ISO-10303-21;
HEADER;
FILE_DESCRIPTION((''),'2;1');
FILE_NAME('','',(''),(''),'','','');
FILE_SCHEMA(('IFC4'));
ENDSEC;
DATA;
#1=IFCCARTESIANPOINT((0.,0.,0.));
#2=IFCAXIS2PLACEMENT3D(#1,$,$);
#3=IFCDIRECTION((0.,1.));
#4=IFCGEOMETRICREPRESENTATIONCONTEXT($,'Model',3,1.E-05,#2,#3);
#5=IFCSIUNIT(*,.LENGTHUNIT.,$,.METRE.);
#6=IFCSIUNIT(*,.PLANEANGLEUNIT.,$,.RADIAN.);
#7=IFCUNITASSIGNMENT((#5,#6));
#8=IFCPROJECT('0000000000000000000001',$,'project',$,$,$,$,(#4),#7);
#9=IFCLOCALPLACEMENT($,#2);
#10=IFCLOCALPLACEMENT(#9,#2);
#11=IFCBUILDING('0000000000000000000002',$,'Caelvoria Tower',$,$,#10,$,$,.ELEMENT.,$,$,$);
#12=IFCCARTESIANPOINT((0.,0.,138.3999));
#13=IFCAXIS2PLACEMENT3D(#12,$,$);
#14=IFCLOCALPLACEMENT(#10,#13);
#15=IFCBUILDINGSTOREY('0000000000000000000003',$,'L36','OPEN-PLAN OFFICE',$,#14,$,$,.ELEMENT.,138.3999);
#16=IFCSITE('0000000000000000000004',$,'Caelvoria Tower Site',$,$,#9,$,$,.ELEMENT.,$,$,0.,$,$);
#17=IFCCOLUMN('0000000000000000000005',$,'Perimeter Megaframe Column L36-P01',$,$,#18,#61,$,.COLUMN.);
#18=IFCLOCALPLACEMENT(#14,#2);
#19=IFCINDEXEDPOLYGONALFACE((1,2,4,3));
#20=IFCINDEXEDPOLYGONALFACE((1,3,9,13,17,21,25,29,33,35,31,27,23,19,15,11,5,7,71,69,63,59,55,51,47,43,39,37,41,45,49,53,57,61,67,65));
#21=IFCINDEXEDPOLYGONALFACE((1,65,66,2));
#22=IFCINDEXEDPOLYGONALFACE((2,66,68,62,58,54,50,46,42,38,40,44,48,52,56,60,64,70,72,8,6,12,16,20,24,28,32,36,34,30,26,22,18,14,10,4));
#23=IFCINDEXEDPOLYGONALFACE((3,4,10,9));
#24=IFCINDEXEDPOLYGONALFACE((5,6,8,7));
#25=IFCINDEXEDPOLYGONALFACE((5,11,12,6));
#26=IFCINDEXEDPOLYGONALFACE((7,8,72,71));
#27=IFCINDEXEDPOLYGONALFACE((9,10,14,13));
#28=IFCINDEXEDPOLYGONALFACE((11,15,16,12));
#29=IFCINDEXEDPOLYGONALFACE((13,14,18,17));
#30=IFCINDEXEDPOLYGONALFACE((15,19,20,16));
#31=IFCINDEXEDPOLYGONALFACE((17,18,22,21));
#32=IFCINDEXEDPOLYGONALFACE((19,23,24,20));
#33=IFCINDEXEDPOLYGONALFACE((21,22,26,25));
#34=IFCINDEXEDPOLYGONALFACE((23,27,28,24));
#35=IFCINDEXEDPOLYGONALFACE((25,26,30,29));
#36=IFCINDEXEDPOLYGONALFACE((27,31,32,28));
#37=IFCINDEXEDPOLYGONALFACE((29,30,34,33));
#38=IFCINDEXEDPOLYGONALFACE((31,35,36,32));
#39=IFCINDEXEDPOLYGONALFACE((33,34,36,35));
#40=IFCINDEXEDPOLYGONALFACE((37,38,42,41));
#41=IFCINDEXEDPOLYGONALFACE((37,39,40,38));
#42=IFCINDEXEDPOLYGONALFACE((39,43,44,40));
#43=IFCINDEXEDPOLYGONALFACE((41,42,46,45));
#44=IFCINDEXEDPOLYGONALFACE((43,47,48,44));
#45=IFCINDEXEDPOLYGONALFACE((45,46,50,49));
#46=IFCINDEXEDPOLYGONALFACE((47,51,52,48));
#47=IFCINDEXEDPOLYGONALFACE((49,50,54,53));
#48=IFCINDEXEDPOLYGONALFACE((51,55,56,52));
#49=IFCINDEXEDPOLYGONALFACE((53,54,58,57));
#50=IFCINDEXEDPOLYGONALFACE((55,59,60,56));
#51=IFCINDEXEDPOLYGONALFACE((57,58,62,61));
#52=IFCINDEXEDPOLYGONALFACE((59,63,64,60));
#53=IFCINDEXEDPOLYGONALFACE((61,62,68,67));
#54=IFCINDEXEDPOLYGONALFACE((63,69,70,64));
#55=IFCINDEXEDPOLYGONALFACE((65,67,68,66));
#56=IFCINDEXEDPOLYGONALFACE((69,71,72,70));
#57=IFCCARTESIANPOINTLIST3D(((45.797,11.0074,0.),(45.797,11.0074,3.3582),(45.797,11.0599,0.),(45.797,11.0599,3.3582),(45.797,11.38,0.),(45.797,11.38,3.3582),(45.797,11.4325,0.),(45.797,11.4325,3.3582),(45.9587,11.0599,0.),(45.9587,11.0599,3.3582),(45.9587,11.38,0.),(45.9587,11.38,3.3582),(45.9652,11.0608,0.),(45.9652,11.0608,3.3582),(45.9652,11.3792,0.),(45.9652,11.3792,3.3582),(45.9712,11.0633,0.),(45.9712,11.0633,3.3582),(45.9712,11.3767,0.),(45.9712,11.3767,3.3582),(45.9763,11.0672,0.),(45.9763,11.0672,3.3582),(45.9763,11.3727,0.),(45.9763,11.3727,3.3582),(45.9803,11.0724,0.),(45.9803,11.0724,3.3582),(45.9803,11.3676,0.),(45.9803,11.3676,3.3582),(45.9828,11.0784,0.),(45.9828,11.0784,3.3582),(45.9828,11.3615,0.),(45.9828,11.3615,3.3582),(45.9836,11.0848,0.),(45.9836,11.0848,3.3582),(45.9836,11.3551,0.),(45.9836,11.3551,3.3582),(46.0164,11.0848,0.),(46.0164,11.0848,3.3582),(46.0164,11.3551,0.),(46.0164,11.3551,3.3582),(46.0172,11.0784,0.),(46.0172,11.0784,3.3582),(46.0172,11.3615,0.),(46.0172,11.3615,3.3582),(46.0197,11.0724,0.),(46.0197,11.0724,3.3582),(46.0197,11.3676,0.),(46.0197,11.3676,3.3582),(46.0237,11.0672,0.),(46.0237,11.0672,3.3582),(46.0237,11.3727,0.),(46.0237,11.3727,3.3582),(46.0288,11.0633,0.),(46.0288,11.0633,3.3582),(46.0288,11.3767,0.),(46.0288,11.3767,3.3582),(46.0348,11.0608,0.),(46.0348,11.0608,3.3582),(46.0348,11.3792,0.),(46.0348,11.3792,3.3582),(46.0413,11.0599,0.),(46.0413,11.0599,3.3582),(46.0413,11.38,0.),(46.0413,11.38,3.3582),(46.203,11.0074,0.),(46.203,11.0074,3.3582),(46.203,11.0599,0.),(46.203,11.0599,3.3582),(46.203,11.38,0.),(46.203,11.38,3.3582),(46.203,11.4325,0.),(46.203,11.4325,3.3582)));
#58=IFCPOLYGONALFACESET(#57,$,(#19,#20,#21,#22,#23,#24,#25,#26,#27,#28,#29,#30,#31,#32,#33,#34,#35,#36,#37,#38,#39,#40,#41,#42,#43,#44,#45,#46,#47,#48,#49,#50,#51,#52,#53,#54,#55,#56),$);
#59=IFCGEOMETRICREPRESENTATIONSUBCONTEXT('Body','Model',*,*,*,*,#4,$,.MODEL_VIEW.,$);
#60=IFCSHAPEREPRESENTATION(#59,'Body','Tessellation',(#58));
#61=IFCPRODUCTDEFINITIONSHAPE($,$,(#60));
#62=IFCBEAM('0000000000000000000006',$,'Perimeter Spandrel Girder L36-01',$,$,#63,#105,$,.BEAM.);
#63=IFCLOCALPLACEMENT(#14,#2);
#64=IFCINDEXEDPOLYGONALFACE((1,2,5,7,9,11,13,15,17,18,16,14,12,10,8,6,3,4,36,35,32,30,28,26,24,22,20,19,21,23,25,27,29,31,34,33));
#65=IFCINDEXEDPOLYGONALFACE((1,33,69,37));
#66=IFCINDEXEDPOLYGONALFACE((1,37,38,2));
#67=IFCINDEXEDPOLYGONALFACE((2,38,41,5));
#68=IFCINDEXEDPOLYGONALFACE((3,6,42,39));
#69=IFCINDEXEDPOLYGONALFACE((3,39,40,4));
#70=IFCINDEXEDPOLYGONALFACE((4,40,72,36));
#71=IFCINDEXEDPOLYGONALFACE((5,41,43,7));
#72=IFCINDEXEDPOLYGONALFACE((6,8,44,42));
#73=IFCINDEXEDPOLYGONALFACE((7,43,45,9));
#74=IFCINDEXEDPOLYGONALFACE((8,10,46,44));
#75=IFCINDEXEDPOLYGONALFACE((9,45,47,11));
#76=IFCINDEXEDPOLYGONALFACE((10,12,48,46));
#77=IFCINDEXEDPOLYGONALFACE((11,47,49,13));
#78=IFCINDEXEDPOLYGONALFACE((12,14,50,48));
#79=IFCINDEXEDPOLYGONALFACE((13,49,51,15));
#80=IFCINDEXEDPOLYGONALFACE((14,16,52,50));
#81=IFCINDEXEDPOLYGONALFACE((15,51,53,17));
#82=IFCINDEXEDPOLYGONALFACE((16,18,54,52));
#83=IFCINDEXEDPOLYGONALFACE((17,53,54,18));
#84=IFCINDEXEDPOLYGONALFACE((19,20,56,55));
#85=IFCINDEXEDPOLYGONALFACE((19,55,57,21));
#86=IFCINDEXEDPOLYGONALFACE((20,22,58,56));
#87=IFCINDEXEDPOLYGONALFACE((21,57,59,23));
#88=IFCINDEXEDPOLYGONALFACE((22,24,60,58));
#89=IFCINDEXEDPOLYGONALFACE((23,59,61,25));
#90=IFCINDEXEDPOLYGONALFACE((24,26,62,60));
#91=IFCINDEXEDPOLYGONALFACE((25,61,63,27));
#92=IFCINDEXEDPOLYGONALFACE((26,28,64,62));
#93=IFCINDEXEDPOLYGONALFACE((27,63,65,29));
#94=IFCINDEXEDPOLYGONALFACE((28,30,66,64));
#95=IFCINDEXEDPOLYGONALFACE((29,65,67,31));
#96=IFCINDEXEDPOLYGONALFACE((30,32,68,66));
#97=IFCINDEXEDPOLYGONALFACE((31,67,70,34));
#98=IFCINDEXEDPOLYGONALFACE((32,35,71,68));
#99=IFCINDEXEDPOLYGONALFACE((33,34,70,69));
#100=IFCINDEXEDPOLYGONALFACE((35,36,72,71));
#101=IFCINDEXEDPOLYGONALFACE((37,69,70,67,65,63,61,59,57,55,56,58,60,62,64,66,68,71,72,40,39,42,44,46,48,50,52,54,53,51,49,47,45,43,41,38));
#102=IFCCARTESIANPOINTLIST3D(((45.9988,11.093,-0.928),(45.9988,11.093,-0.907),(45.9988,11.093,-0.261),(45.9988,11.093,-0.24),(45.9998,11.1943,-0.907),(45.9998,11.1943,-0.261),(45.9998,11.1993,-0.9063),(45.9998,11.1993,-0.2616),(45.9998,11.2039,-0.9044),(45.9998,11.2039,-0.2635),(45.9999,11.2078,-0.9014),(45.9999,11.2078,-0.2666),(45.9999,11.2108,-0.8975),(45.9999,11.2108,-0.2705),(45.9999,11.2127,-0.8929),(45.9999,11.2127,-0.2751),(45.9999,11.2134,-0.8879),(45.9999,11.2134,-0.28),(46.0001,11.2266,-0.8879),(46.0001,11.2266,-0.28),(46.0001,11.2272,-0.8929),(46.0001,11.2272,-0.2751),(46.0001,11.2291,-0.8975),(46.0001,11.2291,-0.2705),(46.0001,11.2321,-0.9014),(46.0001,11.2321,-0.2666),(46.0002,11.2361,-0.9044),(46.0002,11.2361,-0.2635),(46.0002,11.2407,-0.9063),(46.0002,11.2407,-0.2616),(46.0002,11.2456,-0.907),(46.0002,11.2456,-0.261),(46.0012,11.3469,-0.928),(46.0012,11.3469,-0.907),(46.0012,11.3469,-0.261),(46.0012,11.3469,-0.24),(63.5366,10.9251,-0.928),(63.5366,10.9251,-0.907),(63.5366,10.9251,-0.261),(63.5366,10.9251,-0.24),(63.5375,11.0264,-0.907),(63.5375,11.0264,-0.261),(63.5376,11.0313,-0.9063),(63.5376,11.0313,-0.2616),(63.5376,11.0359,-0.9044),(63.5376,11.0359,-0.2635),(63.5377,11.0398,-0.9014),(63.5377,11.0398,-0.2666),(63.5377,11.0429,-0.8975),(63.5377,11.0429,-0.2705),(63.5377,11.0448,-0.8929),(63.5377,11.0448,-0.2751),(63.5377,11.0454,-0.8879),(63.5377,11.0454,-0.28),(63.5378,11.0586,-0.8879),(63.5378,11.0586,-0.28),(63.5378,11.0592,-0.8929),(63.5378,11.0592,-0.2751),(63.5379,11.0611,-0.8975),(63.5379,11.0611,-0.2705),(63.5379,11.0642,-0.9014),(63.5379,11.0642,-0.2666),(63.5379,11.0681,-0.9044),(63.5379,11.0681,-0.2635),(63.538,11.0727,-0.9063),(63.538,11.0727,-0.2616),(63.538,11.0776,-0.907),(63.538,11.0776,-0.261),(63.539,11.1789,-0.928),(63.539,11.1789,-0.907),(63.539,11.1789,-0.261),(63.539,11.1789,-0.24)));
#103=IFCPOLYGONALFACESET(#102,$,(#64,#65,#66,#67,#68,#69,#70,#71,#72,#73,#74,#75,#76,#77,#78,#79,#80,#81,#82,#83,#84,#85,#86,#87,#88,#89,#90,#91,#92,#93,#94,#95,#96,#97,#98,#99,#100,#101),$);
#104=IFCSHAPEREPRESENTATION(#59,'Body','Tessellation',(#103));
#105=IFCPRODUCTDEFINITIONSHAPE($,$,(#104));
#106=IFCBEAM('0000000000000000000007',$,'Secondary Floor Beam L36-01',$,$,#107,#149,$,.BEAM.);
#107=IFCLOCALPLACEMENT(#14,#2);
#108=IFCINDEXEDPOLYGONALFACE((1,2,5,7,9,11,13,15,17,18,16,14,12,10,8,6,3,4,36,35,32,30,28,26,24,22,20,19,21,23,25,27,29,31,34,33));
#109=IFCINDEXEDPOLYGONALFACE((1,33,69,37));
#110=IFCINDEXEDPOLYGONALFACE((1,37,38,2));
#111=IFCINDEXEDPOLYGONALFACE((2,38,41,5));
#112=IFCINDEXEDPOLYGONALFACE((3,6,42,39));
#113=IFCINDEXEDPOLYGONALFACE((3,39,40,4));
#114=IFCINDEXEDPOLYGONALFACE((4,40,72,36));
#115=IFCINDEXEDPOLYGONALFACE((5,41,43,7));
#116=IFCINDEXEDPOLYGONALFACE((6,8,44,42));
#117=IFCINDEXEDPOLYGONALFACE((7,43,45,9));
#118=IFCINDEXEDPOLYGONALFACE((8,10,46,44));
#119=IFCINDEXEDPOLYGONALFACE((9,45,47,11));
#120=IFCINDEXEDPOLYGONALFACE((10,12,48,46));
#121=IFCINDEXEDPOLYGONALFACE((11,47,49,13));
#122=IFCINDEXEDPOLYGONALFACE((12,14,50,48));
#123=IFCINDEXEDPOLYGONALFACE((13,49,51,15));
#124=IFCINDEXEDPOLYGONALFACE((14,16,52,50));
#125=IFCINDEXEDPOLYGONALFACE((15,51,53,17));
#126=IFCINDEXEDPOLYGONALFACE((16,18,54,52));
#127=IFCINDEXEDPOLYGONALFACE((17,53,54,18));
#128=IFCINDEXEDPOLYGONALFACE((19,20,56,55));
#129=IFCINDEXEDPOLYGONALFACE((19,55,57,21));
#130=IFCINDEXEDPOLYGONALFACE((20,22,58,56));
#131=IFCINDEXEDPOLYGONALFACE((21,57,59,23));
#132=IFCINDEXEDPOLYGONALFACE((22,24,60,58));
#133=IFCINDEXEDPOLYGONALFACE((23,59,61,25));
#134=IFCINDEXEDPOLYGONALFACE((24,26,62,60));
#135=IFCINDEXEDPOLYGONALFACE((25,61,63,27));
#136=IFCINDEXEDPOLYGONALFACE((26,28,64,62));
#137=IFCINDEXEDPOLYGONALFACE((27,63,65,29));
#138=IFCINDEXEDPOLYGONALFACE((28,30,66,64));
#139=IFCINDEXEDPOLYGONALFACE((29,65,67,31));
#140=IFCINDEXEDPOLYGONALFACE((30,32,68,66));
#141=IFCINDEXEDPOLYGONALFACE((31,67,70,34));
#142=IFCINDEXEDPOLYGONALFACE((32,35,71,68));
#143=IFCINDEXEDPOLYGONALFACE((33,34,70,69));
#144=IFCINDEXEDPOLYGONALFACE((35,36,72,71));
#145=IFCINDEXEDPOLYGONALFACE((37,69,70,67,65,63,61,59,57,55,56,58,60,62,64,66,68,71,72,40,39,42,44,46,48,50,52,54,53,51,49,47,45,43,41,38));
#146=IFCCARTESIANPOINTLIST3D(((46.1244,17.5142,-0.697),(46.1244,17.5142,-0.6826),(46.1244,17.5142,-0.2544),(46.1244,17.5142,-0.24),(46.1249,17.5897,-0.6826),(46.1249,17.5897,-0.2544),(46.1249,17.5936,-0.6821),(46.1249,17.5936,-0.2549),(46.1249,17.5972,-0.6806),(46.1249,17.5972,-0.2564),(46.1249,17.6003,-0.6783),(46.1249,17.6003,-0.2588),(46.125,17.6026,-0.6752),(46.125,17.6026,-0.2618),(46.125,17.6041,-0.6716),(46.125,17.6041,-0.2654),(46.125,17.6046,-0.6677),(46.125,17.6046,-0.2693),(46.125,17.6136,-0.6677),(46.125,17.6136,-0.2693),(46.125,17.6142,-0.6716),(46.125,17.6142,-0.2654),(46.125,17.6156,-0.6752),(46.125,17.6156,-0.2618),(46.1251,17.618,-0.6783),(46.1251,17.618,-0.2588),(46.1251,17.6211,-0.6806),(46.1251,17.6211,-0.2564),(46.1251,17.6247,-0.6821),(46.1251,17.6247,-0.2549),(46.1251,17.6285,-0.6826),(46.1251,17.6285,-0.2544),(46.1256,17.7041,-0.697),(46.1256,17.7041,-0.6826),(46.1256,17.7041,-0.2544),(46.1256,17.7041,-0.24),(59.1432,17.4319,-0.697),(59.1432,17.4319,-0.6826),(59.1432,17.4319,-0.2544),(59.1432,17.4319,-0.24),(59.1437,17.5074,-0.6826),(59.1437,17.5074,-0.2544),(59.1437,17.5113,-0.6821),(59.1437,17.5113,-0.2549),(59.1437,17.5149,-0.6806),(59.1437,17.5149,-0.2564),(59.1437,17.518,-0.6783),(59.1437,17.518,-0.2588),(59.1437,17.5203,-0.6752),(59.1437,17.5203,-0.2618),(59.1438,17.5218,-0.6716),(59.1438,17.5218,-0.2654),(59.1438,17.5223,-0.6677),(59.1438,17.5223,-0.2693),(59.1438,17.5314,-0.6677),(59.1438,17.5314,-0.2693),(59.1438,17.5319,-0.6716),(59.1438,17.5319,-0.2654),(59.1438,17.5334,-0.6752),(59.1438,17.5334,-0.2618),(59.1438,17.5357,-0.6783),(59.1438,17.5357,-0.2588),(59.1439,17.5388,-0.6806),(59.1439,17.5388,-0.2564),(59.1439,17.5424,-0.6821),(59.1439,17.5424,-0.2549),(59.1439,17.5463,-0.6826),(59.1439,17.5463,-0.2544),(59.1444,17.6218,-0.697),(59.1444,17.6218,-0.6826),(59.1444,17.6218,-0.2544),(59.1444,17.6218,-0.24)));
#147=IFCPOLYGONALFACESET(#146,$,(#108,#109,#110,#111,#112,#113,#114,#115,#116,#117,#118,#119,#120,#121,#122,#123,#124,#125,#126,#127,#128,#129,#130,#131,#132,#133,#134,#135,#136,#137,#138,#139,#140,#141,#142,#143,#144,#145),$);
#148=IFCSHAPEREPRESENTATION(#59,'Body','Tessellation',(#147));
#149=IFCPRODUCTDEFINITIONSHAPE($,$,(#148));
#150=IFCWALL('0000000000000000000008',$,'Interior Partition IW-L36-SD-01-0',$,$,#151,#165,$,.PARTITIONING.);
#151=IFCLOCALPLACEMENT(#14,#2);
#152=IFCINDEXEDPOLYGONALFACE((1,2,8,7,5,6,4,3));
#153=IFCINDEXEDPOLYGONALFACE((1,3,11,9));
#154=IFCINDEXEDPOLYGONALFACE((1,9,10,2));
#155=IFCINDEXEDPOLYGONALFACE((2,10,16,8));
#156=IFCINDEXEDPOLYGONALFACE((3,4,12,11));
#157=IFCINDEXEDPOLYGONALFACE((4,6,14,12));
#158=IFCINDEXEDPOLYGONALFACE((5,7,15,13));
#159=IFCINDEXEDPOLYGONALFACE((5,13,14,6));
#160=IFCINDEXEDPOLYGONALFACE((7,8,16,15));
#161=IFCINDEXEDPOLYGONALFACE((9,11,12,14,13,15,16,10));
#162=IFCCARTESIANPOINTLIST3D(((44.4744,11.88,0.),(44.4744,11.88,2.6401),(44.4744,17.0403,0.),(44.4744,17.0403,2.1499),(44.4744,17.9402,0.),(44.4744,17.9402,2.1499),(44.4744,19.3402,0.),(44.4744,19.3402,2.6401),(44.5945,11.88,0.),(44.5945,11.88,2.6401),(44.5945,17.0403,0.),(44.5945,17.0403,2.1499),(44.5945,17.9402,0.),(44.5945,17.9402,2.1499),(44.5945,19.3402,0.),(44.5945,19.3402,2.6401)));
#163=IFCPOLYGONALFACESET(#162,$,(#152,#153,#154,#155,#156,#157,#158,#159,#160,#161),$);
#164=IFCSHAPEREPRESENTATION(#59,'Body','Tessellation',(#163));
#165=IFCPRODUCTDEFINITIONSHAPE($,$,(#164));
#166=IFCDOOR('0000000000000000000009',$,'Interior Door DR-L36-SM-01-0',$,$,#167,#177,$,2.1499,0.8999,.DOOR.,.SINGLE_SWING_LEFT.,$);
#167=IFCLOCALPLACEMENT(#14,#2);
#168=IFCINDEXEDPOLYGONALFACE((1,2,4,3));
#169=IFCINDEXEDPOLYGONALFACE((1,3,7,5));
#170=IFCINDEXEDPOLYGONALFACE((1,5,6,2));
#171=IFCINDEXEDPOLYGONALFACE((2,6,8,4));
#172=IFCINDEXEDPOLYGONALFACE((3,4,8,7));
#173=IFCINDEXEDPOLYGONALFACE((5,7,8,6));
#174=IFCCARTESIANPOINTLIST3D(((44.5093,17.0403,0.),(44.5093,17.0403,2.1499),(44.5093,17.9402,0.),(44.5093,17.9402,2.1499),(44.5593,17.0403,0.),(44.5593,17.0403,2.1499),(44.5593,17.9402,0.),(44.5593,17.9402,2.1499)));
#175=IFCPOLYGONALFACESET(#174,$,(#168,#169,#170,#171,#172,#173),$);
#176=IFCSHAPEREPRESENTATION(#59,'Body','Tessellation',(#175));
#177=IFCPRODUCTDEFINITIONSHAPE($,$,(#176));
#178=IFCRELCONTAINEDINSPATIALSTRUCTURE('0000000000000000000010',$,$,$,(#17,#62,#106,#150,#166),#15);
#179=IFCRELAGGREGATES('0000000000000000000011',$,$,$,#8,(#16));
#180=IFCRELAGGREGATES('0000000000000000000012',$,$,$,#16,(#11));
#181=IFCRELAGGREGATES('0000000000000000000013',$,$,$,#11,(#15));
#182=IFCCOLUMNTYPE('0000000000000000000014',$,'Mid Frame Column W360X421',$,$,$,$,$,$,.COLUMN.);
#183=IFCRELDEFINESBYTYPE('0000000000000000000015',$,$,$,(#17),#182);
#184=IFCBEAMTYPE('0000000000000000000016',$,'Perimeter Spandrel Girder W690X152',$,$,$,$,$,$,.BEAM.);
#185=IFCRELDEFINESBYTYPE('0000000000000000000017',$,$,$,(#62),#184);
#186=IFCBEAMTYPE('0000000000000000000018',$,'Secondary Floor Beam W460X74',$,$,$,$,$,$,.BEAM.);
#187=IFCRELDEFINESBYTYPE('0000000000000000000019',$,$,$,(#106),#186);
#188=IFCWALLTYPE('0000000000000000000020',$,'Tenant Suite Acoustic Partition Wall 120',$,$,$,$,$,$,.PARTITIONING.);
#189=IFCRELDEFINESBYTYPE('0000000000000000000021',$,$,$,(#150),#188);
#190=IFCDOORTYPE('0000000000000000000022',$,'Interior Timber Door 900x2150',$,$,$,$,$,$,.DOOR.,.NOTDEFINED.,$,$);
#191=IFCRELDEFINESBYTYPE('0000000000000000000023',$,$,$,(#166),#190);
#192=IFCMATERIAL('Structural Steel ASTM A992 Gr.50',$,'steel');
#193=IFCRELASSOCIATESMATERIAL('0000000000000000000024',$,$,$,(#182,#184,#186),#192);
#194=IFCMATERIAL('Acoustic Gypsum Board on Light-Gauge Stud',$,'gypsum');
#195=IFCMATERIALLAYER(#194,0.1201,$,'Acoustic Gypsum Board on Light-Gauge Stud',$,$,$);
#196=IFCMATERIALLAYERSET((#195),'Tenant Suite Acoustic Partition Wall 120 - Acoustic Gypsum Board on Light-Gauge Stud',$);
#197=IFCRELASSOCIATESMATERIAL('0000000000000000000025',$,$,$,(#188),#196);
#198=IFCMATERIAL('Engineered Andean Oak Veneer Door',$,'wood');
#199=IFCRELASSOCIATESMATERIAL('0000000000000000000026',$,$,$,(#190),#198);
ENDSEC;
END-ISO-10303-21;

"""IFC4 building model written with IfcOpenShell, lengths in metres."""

from ifc_helpers import new_model, si_unit, direction, frame, frame_2d, origin, origin_2d, place, context, subcontext, project, spatial, rectangle, i_section, extrude, material, layer, layer_set, material_profile, profile_set, type_object, element, fill, save


model = new_model("IFC4")

# Units and contexts
model_context = context("Model", 3, precision=1e-05, world=origin(), true_north=direction((0.0, 1.0)))
body_context = subcontext(model_context, "Body", "Model", "MODEL_VIEW")
ifc_project = project(units=[si_unit("LENGTHUNIT", "METRE"), si_unit("PLANEANGLEUNIT", "RADIAN")], contexts=[model_context])

# Site, building, storey
site_placement = place(None, origin())
site = spatial("IfcSite", under=ifc_project, at=site_placement, Name="Caelvoria Tower Site", CompositionType="ELEMENT", RefElevation=0.0)
building_placement = place(site_placement, origin())
building = spatial("IfcBuilding", under=site, at=building_placement, Name="Caelvoria Tower", CompositionType="ELEMENT")
storey_placement = place(building_placement, frame((0.0, 0.0, 138.3999)))
storey = spatial("IfcBuildingStorey", under=building, at=storey_placement, Name="L36", Description="OPEN-PLAN OFFICE", CompositionType="ELEMENT", Elevation=138.3999)

# Column
ifc_material_1 = material(Name="Structural Steel ASTM A992 Gr.50", Category="steel")
ifc_material_profile_1 = material_profile(ifc_material_1, i_section(OverallWidth=0.406, OverallDepth=0.425, WebThickness=0.0327, FlangeThickness=0.0525, FilletRadius=0.0249, at=origin_2d()), Name="Structural Steel ASTM A992 Gr.50")
ifc_profile_set_1 = profile_set([ifc_material_profile_1], Name="W360X421 - Structural Steel ASTM A992 Gr.50")
column_type = type_object("IfcColumnType", Name="Mid Frame Column W360X421", PredefinedType="COLUMN", material=ifc_profile_set_1)
column_placement = place(storey_placement, frame((46.0, 11.22, 0.0), z_axis=(0.0, 0.0, 1.0), x_axis=(1.0, 0.0, 0.0)))
element("IfcColumn", 1, at=column_placement, inside=storey, type_object=column_type, Name="Perimeter Megaframe Column L36-P01", PredefinedType="COLUMN", context=body_context, shape_type="SweptSolid", body=[
    extrude(i_section(OverallWidth=0.406, OverallDepth=0.425, WebThickness=0.0327, FlangeThickness=0.0525, FilletRadius=0.0249, at=origin_2d()), origin(), (0.0, 0.0, 1.0), 3.3582),
])

# Beams
ifc_material_profile_2 = material_profile(ifc_material_1, i_section(OverallWidth=0.2539, OverallDepth=0.688, WebThickness=0.0132, FlangeThickness=0.021, FilletRadius=0.019, at=origin_2d()), Name="Structural Steel ASTM A992 Gr.50")
ifc_profile_set_2 = profile_set([ifc_material_profile_2], Name="W690X152 - Structural Steel ASTM A992 Gr.50")
beam_type_1 = type_object("IfcBeamType", Name="Perimeter Spandrel Girder W690X152", PredefinedType="BEAM", material=ifc_profile_set_2)
beam_1_placement = place(storey_placement, frame((46.0, 11.22, -0.584), z_axis=(0.999954, -0.009577, 0.0), x_axis=(0.009577, 0.999954, 0.0)))
element("IfcBeam", 2, at=beam_1_placement, inside=storey, type_object=beam_type_1, Name="Perimeter Spandrel Girder L36-01", PredefinedType="BEAM", context=body_context, shape_type="SweptSolid", body=[
    extrude(i_section(OverallWidth=0.2539, OverallDepth=0.688, WebThickness=0.0132, FlangeThickness=0.021, FilletRadius=0.019, at=origin_2d()), origin(), (0.0, 0.0, 1.0), 17.5386),
])
ifc_material_profile_3 = material_profile(ifc_material_1, i_section(OverallWidth=0.1899, OverallDepth=0.457, WebThickness=0.009, FlangeThickness=0.0144, FilletRadius=0.0149, at=origin_2d()), Name="Structural Steel ASTM A992 Gr.50")
ifc_profile_set_3 = profile_set([ifc_material_profile_3], Name="W460X74 - Structural Steel ASTM A992 Gr.50")
beam_type_2 = type_object("IfcBeamType", Name="Secondary Floor Beam W460X74", PredefinedType="BEAM", material=ifc_profile_set_3)
beam_2_placement = place(storey_placement, frame((46.125, 17.6091, -0.4685), z_axis=(0.99998, -0.00632, 0.0), x_axis=(0.00632, 0.99998, 0.0)))
element("IfcBeam", 3, at=beam_2_placement, inside=storey, type_object=beam_type_2, Name="Secondary Floor Beam L36-01", PredefinedType="BEAM", context=body_context, shape_type="SweptSolid", body=[
    extrude(i_section(OverallWidth=0.1899, OverallDepth=0.457, WebThickness=0.009, FlangeThickness=0.0144, FilletRadius=0.0149, at=origin_2d()), origin(), (0.0, 0.0, 1.0), 13.019),
])

# Wall, opening, door
ifc_material_2 = material(Name="Acoustic Gypsum Board on Light-Gauge Stud", Category="gypsum")
ifc_layer_1 = layer(ifc_material_2, 0.1201, Name="Acoustic Gypsum Board on Light-Gauge Stud")
ifc_layer_set_1 = layer_set([ifc_layer_1], Name="Tenant Suite Acoustic Partition Wall 120 - Acoustic Gypsum Board on Light-Gauge Stud")
wall_type = type_object("IfcWallType", Name="Tenant Suite Acoustic Partition Wall 120", PredefinedType="PARTITIONING", material=ifc_layer_set_1)
wall_1_placement = place(storey_placement, frame((44.5344, 19.3401, 0.0), z_axis=(0.0, 0.0, 1.0), x_axis=(0.0, -1.0, 0.0)))
wall_1 = element("IfcWall", 4, at=wall_1_placement, inside=storey, type_object=wall_type, Name="Interior Partition IW-L36-SD-01-0", PredefinedType="PARTITIONING", context=body_context, shape_type="SweptSolid", body=[
    extrude(rectangle(XDim=7.4602, YDim=0.1201, at=frame_2d((3.73, 0.0))), origin(), (0.0, 0.0, 1.0), 2.6401),
])
opening_1_placement = place(wall_1_placement, frame((1.3999, 0.0, 0.0)))
opening_1 = element("IfcOpeningElement", 5, at=opening_1_placement, cuts=wall_1, PredefinedType="OPENING", context=body_context, shape_type="SweptSolid", body=[
    extrude(rectangle(XDim=0.8999, YDim=2.1499, at=frame_2d((0.45, 1.075))), frame((0.0, 0.0701, 0.0), z_axis=(0.0, -1.0, 0.0), x_axis=(1.0, 0.0, 0.0)), (0.0, 0.0, 1.0), 0.1401),
])
ifc_material_3 = material(Name="Engineered Andean Oak Veneer Door", Category="wood")
door_type = type_object("IfcDoorType", Name="Interior Timber Door 900x2150", OperationType="NOTDEFINED", PredefinedType="DOOR", material=ifc_material_3)
door_1_placement = place(opening_1_placement, origin())
door_1 = element("IfcDoor", 6, at=door_1_placement, inside=storey, type_object=door_type, Name="Interior Door DR-L36-SM-01-0", OperationType="SINGLE_SWING_LEFT", OverallHeight=2.1499, OverallWidth=0.8999, PredefinedType="DOOR", context=body_context, shape_type="SweptSolid", body=[
    extrude(rectangle(XDim=0.8999, YDim=2.1499, at=frame_2d((0.45, 1.075))), frame((0.0, 0.0249, 0.0), z_axis=(0.0, -1.0, 0.0), x_axis=(1.0, 0.0, 0.0)), (0.0, 0.0, 1.0), 0.05),
])
fill(opening_1, door_1)

save(model, "model.ifc")
